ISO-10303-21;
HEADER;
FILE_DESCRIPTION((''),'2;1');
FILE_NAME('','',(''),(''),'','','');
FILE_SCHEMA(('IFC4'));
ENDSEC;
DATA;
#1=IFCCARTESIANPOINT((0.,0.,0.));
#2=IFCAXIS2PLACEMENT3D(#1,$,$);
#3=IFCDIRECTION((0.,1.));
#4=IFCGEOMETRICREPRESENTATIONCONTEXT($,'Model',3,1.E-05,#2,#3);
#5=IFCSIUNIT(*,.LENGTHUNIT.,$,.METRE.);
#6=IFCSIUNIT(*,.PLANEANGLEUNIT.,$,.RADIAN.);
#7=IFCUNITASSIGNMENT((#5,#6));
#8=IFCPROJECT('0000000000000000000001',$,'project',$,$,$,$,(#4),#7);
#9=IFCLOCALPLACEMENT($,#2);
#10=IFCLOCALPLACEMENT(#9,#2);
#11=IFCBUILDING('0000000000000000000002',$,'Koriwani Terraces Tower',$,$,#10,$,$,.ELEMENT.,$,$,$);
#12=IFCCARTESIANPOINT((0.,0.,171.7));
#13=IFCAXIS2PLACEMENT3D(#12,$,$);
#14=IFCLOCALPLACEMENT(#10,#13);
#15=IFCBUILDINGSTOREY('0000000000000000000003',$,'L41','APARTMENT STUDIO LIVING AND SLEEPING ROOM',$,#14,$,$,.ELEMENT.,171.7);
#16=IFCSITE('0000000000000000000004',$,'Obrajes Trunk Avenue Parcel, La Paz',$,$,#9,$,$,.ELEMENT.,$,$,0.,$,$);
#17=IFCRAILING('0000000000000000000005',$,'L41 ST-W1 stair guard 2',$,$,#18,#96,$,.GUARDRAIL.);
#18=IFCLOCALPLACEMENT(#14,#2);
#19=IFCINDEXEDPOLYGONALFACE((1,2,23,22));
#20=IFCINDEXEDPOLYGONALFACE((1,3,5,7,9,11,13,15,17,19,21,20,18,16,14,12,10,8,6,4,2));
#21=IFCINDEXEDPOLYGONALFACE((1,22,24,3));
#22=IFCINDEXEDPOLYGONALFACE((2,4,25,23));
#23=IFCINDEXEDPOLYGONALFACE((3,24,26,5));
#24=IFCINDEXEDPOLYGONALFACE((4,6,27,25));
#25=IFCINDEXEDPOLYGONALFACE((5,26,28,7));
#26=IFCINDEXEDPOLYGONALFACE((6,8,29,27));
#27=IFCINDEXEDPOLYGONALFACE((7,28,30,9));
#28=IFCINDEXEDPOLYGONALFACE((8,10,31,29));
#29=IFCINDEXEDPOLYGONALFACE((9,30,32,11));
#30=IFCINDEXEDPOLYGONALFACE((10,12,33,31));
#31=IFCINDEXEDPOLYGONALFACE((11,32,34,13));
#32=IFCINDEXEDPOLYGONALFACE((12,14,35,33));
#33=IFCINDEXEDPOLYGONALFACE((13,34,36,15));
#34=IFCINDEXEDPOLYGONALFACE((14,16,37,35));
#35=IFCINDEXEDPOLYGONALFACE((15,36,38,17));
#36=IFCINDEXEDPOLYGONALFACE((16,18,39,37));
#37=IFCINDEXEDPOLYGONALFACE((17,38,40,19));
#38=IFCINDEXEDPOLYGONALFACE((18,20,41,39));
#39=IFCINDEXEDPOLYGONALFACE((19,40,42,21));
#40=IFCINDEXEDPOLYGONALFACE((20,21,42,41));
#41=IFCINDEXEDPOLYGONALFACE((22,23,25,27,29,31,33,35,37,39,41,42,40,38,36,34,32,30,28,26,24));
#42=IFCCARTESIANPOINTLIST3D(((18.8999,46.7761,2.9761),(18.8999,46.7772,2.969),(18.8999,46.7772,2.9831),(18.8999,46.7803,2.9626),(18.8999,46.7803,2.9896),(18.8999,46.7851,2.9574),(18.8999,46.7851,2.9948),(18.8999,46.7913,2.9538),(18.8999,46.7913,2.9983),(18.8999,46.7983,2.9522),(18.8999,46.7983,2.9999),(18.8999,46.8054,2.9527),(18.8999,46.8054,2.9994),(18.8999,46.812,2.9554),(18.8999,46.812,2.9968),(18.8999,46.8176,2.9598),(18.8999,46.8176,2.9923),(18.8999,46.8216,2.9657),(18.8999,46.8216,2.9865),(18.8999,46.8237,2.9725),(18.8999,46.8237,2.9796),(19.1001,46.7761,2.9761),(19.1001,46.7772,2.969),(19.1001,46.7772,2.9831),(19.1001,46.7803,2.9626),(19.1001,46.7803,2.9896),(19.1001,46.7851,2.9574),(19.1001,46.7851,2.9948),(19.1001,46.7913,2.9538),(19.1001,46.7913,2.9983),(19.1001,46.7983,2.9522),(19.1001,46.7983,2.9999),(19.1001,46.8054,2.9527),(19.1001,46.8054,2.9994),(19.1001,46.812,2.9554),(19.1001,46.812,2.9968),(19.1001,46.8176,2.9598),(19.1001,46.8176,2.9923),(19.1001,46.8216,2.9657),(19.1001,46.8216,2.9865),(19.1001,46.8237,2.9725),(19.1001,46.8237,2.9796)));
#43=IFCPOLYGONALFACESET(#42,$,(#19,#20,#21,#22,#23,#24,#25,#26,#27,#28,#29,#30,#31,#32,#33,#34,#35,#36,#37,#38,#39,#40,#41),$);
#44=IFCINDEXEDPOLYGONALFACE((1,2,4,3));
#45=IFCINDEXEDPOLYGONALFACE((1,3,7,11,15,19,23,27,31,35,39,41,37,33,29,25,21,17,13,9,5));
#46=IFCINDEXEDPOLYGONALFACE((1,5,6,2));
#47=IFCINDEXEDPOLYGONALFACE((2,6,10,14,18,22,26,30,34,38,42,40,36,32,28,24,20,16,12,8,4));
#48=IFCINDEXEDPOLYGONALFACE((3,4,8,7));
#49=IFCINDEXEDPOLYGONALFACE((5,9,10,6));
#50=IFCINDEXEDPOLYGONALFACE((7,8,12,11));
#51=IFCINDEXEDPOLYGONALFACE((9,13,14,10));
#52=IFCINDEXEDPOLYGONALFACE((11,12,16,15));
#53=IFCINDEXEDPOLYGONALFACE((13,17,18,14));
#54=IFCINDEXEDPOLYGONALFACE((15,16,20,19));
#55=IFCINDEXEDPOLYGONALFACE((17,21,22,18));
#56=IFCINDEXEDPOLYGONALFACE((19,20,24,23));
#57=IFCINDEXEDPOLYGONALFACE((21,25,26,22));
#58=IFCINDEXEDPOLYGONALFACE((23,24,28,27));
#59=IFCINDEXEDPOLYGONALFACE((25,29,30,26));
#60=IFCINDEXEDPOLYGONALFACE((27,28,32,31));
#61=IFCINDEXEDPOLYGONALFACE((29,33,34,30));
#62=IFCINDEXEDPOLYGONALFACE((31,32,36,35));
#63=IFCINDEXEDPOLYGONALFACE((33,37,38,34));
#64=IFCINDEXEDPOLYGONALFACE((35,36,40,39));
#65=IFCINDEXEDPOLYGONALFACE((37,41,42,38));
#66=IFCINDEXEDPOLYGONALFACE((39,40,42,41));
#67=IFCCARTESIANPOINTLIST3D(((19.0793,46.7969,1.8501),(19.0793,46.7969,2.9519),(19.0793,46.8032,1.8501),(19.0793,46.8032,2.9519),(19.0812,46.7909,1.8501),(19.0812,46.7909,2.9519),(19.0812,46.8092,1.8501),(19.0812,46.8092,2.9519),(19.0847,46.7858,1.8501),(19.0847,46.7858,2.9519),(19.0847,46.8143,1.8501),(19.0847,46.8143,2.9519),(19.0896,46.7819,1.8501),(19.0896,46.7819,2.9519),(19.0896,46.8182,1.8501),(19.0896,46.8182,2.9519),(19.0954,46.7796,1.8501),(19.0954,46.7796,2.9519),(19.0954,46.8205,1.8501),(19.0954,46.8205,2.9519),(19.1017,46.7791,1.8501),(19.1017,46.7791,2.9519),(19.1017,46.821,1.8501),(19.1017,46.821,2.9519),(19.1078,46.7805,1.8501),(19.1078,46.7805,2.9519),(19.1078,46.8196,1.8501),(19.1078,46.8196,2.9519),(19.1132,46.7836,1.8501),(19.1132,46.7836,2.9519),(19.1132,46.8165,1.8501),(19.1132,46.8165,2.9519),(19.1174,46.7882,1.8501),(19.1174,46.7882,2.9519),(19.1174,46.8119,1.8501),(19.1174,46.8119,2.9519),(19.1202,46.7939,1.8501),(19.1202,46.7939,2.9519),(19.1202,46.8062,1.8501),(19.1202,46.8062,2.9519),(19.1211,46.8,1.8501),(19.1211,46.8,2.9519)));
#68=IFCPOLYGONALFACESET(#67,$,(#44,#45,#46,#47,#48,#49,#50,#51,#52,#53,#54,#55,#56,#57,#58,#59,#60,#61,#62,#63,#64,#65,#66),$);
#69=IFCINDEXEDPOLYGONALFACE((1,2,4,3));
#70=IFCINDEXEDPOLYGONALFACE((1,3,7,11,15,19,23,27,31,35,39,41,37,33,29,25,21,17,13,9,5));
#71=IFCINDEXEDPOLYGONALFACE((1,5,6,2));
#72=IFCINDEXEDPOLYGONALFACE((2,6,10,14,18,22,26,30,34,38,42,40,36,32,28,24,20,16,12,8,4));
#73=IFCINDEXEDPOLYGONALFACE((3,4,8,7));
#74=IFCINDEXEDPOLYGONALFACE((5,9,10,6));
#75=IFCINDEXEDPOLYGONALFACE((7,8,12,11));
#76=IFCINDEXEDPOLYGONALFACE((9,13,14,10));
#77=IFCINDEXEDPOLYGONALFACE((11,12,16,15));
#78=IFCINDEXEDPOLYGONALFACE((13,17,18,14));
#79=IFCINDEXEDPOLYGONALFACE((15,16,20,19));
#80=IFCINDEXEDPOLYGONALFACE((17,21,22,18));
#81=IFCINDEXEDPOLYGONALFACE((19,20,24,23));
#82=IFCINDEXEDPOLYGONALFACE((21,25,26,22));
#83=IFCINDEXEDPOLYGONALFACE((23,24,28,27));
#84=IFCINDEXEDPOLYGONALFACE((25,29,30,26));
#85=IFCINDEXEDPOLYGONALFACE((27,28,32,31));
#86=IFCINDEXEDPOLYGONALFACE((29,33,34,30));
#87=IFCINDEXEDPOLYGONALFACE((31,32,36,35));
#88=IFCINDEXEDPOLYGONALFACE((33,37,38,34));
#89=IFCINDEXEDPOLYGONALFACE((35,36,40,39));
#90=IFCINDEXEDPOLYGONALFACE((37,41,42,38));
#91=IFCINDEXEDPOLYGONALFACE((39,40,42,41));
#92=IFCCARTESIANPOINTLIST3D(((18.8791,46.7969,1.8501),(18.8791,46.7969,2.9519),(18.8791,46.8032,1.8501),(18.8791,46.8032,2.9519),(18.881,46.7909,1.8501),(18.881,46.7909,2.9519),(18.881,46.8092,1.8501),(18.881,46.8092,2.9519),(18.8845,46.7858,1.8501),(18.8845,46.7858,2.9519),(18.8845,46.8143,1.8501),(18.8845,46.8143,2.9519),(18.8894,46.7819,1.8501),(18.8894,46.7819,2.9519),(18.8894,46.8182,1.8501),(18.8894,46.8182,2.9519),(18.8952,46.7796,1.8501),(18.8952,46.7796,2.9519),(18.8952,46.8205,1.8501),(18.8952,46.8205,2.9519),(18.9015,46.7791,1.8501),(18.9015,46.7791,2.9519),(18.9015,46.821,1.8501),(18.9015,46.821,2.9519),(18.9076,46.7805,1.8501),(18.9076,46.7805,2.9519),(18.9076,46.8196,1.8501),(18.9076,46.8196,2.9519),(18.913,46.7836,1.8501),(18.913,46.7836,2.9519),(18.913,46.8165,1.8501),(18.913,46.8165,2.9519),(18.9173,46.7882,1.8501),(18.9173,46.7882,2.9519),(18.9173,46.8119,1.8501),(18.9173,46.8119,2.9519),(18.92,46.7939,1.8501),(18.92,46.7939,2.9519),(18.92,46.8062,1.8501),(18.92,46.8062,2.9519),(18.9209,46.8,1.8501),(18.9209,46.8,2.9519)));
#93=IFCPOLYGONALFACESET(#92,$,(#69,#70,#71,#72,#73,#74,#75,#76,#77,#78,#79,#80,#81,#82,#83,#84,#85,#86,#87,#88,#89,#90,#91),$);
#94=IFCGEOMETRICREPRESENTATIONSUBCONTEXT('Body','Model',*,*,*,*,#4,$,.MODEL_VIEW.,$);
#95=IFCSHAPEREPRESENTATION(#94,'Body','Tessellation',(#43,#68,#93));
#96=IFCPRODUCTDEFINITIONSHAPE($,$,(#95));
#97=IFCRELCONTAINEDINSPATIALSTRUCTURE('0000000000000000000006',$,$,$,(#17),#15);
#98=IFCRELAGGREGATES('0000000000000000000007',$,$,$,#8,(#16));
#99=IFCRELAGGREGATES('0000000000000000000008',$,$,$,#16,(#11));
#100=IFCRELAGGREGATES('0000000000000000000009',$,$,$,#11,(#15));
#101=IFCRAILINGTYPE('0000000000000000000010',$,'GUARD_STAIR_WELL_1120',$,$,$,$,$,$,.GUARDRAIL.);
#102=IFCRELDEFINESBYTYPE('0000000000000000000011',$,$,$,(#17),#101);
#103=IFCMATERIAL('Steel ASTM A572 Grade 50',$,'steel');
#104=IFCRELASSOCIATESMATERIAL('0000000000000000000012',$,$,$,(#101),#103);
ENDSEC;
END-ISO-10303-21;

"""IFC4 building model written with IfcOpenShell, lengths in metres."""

from ifc_helpers import new_model, si_unit, direction, frame, origin, origin_2d, place, context, subcontext, project, spatial, circle, extrude, material, type_object, element, save


model = new_model("IFC4")

# Units and contexts
model_context = context("Model", 3, precision=1e-05, world=origin(), true_north=direction((0.0, 1.0)))
body_context = subcontext(model_context, "Body", "Model", "MODEL_VIEW")
ifc_project = project(units=[si_unit("LENGTHUNIT", "METRE"), si_unit("PLANEANGLEUNIT", "RADIAN")], contexts=[model_context])

# Site, building, storey
site_placement = place(None, origin())
site = spatial("IfcSite", under=ifc_project, at=site_placement, Name="Obrajes Trunk Avenue Parcel, La Paz", CompositionType="ELEMENT", RefElevation=0.0)
building_placement = place(site_placement, origin())
building = spatial("IfcBuilding", under=site, at=building_placement, Name="Koriwani Terraces Tower", CompositionType="ELEMENT")
storey_placement = place(building_placement, frame((0.0, 0.0, 171.7)))
storey = spatial("IfcBuildingStorey", under=building, at=storey_placement, Name="L41", Description="APARTMENT STUDIO LIVING AND SLEEPING ROOM", CompositionType="ELEMENT", Elevation=171.7)

# Shared definitions
ifc_material_1 = material(Name="Steel ASTM A572 Grade 50", Category="steel")

# Railing
railing_type_1 = type_object("IfcRailingType", Name="GUARD_STAIR_WELL_1120", PredefinedType="GUARDRAIL", material=ifc_material_1)
railing_1_placement = place(storey_placement, frame((19.1001, 46.8, 1.8501)))
element("IfcRailing", 1, at=railing_1_placement, inside=storey, type_object=railing_type_1, Name="L41 ST-W1 stair guard 2", PredefinedType="GUARDRAIL", context=body_context, shape_type="SweptSolid", body=[
    extrude(circle(Radius=0.0239, at=origin_2d()), frame((0.0, 0.0, 1.126), z_axis=(-1.0, 0.0, 0.0), x_axis=(0.0, -1.0, 0.0)), (0.0, 0.0, 1.0), 0.2002),
    extrude(circle(Radius=0.021, at=origin_2d()), origin(), (0.0, 0.0, 1.0), 1.1018),
    extrude(circle(Radius=0.021, at=origin_2d()), frame((-0.2002, 0.0, 0.0)), (0.0, 0.0, 1.0), 1.1018),
])

save(model, "model.ifc")
